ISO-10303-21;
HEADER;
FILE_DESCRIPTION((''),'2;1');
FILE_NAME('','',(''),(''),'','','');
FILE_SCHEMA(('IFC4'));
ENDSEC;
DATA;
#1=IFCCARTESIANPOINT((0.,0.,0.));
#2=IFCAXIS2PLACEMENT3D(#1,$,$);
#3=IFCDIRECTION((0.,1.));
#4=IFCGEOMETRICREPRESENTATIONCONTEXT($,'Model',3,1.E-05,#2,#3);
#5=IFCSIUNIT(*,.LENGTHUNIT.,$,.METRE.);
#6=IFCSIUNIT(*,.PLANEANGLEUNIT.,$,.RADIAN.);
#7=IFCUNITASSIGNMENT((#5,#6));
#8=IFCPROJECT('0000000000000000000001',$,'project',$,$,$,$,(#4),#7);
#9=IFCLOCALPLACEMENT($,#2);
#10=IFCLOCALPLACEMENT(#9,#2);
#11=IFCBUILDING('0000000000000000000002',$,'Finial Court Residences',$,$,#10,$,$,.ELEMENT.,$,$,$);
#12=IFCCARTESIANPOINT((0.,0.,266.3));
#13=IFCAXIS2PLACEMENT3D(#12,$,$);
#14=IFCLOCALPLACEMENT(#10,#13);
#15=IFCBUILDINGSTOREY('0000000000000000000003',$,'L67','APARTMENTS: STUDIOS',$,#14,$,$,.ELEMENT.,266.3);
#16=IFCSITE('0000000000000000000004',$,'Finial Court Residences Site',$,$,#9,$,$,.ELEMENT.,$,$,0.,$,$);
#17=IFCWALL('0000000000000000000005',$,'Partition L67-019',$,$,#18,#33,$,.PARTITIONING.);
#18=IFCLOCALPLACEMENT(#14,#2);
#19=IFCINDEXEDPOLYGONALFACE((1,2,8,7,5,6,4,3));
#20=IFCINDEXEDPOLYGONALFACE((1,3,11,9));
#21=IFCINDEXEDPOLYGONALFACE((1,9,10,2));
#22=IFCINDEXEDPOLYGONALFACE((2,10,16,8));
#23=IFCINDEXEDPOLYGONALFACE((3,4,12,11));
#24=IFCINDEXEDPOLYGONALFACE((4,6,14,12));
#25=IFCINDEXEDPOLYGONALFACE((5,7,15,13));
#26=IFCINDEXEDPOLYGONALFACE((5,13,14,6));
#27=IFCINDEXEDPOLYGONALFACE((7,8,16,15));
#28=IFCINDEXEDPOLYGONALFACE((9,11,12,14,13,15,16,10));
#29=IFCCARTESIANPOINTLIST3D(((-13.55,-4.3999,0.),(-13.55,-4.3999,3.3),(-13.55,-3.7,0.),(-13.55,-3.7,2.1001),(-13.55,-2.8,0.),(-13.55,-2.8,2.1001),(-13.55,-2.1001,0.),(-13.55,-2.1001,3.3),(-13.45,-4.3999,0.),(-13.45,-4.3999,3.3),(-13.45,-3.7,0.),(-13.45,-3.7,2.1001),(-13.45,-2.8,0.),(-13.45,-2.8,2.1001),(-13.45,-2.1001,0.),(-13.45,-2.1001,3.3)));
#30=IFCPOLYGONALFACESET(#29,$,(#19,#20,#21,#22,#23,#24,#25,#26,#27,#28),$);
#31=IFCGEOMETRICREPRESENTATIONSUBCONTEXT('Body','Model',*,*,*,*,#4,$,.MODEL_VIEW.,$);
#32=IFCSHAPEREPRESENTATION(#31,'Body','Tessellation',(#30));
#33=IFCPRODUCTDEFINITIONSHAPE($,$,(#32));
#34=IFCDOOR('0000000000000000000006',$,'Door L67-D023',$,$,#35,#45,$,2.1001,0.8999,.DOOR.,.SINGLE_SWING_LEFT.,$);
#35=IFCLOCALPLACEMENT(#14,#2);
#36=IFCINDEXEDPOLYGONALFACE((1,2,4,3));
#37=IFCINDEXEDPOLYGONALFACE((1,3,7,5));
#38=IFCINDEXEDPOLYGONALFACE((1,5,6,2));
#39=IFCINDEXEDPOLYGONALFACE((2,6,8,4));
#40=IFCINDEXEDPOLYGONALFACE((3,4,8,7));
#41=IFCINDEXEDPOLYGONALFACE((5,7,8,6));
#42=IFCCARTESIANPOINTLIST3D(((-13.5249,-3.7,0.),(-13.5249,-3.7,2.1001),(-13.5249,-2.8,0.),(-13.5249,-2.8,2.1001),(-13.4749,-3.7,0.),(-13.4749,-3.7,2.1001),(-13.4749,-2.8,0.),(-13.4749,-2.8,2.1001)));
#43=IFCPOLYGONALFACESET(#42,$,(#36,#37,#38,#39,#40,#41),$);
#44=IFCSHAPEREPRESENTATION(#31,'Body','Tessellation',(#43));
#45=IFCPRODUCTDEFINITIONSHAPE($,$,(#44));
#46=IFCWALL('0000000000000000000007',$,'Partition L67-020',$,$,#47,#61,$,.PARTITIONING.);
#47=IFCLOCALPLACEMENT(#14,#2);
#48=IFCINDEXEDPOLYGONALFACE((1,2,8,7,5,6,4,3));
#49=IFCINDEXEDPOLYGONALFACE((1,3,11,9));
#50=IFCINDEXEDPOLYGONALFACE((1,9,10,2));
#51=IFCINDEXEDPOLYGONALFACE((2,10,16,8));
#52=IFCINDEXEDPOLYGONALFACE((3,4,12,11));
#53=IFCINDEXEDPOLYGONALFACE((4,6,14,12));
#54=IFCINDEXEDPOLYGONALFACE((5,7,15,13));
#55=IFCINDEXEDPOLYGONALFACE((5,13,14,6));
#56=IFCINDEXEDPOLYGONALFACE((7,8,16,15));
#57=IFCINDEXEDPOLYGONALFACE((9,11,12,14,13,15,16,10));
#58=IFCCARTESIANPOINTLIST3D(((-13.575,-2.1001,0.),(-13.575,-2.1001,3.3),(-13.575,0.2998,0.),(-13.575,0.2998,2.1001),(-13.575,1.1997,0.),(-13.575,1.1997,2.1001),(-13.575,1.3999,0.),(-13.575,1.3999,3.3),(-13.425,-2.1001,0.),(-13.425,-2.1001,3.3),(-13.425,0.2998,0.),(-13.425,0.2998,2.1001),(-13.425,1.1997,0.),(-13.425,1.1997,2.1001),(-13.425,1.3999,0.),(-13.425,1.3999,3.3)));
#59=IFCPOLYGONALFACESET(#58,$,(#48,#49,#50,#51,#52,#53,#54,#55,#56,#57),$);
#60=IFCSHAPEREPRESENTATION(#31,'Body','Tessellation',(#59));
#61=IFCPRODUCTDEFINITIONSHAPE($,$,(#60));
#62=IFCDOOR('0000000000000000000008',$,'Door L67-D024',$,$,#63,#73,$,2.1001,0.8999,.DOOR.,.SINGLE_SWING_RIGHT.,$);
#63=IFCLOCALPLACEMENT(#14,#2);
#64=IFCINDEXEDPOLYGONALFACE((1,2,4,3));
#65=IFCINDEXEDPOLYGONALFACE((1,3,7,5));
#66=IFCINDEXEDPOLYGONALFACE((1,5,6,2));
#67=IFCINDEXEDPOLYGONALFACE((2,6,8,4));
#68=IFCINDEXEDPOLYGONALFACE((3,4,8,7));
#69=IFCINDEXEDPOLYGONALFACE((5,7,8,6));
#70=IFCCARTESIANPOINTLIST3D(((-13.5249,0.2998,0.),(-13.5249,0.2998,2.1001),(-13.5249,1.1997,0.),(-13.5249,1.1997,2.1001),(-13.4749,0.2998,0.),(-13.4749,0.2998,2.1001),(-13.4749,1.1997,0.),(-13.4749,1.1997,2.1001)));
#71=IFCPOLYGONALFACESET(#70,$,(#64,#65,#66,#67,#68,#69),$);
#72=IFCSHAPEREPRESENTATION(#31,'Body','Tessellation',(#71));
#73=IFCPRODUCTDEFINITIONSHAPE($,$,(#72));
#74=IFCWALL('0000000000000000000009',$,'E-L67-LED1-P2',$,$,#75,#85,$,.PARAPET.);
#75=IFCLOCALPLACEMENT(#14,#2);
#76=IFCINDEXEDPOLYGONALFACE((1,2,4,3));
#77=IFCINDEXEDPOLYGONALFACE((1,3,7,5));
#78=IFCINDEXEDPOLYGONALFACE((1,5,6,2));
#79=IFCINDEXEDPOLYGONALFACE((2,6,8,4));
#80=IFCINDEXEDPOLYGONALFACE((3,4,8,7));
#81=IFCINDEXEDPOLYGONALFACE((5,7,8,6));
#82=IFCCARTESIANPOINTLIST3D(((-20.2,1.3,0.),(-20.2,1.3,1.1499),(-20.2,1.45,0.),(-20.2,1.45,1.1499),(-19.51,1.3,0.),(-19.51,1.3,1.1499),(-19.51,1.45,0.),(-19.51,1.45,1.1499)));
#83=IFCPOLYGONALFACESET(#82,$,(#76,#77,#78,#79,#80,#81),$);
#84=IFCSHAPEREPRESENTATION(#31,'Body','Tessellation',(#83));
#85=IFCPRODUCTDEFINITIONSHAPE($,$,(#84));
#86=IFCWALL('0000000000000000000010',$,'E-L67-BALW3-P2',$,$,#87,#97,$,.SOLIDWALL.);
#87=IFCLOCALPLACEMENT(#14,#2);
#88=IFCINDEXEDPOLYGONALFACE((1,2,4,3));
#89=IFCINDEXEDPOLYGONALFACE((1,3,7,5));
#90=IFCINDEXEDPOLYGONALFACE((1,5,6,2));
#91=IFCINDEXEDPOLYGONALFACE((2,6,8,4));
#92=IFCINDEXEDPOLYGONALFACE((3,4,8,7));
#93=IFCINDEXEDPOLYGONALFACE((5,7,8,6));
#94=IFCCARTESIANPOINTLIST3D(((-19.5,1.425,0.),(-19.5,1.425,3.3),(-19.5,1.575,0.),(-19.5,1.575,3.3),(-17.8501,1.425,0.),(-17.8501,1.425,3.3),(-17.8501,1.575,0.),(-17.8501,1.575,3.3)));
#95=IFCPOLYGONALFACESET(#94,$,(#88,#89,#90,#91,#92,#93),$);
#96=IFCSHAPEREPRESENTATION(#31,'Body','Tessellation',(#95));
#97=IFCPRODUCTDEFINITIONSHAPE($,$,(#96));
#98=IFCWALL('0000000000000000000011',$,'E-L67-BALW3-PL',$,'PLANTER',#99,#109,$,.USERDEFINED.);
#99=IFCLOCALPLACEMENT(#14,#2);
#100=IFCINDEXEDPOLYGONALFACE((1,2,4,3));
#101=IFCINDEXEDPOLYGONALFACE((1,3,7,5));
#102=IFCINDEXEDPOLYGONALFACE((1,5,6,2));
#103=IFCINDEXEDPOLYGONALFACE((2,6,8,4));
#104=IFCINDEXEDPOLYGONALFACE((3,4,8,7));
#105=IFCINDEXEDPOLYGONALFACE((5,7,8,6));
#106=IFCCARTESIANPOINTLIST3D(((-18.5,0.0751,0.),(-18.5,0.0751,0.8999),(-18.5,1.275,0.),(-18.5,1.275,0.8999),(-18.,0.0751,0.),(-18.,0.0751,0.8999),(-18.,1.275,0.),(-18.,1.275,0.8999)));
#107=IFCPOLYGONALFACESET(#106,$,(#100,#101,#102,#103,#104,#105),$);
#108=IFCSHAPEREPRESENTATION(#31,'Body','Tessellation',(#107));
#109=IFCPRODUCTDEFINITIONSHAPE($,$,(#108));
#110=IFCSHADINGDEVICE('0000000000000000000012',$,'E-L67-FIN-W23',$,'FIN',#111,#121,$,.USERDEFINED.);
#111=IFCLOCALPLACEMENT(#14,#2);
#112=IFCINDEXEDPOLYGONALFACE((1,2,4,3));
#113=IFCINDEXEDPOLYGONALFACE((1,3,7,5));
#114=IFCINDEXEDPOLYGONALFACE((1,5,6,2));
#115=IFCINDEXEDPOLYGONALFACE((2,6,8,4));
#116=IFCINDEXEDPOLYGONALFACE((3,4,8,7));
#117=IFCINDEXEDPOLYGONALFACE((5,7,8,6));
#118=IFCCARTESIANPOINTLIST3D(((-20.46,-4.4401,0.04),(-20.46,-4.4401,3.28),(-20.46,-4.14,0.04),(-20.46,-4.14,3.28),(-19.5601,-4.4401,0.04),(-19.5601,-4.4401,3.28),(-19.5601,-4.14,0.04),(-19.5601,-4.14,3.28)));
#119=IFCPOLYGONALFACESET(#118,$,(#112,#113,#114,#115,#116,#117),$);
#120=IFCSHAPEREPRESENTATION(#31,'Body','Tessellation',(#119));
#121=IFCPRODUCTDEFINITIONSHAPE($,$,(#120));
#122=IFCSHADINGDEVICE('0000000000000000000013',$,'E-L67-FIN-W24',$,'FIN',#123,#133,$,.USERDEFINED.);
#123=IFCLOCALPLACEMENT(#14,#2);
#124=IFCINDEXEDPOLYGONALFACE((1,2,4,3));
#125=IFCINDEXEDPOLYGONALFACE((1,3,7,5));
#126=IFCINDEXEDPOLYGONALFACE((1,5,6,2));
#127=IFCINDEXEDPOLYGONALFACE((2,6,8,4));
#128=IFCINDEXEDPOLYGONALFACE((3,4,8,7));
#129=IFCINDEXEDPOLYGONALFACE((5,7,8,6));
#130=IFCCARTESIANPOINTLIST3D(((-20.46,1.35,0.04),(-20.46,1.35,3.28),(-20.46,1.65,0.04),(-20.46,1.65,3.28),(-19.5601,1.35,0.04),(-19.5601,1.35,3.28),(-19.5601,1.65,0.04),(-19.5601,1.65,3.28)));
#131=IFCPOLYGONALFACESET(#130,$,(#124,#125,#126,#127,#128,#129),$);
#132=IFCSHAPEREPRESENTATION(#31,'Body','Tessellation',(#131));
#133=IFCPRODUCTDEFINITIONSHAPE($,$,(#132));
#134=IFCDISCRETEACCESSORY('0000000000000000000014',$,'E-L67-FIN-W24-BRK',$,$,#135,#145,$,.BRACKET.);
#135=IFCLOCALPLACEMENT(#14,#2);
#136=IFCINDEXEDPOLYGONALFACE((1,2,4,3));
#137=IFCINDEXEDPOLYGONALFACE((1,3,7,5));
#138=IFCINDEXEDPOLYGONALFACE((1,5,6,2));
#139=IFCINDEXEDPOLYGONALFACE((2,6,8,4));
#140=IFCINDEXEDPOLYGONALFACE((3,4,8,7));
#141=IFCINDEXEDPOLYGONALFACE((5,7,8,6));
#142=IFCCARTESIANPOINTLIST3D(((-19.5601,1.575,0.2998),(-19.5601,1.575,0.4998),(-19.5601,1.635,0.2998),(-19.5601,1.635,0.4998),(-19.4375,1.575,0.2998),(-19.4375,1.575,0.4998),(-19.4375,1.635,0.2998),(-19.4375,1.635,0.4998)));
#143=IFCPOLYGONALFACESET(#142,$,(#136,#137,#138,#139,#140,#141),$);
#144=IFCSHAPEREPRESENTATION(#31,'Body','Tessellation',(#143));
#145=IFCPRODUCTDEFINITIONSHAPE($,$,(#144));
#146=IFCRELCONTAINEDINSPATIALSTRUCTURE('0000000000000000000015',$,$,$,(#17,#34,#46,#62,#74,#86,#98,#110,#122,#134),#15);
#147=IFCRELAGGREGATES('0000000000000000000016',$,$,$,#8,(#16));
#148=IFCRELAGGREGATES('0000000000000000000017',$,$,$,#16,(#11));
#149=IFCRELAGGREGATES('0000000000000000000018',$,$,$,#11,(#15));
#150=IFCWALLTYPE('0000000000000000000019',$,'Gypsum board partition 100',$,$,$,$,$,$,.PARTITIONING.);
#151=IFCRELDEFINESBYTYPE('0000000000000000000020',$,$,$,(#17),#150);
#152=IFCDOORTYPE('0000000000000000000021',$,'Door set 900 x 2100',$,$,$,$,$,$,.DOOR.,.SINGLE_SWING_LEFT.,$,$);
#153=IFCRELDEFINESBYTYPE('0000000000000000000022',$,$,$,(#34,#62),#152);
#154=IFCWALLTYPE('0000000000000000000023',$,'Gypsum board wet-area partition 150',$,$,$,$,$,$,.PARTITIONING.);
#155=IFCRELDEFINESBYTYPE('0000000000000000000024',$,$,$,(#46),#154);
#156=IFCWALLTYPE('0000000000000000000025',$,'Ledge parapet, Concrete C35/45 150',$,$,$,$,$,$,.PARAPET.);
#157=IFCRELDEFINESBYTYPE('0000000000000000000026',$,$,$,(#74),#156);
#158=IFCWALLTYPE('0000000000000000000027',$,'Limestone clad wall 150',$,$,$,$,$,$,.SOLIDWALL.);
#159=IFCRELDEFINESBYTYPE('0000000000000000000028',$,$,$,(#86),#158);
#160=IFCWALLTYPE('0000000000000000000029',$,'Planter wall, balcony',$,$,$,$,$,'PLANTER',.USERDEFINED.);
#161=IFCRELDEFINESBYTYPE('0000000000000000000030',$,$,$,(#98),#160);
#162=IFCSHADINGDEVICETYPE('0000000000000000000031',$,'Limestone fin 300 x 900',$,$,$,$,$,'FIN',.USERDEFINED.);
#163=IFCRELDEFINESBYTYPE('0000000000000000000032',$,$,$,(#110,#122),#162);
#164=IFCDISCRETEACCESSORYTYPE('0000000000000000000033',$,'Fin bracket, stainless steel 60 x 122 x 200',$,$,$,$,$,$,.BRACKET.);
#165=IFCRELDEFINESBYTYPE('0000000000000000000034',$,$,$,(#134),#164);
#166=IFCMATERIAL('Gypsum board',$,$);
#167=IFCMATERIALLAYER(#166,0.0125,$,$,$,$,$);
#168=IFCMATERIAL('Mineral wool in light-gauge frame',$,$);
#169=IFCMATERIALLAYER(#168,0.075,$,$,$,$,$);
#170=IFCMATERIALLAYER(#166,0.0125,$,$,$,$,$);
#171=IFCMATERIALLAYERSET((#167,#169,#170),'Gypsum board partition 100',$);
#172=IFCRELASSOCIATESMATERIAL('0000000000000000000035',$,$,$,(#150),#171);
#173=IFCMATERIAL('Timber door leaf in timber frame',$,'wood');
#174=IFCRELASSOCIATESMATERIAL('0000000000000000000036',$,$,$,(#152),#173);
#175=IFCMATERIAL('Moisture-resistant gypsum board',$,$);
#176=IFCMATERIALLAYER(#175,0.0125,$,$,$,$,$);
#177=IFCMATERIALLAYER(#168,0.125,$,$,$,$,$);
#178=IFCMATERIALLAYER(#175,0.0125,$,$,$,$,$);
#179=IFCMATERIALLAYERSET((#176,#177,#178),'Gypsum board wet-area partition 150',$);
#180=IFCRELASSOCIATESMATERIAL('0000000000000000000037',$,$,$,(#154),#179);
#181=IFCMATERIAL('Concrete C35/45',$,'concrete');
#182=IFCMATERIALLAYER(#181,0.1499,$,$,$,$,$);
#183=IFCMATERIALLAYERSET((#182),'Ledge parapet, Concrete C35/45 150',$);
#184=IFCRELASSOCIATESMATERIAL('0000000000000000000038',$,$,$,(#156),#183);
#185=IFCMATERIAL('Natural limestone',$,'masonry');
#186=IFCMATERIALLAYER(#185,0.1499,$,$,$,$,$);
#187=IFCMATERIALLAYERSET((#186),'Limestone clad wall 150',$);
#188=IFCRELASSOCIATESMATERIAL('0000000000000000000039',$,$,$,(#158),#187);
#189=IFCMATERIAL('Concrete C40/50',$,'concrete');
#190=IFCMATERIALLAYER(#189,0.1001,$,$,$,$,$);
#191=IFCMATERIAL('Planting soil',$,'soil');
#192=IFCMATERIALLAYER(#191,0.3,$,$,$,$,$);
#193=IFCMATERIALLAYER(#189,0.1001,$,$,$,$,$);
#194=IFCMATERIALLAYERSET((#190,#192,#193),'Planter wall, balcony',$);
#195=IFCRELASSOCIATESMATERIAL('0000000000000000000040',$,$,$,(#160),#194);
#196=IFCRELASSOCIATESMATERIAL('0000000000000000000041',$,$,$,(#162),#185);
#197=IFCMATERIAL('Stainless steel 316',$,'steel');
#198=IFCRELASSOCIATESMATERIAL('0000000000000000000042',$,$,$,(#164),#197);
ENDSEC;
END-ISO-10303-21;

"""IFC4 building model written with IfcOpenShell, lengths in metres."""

from ifc_helpers import new_model, si_unit, direction, frame, frame_2d, origin, origin_2d, place, context, subcontext, project, spatial, rectangle, extrude, material, layer, layer_set, type_object, element, fill, save


model = new_model("IFC4")

# Units and contexts
model_context = context("Model", 3, precision=1e-05, world=origin(), true_north=direction((0.0, 1.0)))
body_context = subcontext(model_context, "Body", "Model", "MODEL_VIEW")
ifc_project = project(units=[si_unit("LENGTHUNIT", "METRE"), si_unit("PLANEANGLEUNIT", "RADIAN")], contexts=[model_context])

# Site, building, storey
site_placement = place(None, origin())
site = spatial("IfcSite", under=ifc_project, at=site_placement, Name="Finial Court Residences Site", CompositionType="ELEMENT", RefElevation=0.0)
building_placement = place(site_placement, origin())
building = spatial("IfcBuilding", under=site, at=building_placement, Name="Finial Court Residences", CompositionType="ELEMENT")
storey_placement = place(building_placement, frame((0.0, 0.0, 266.3)))
storey = spatial("IfcBuildingStorey", under=building, at=storey_placement, Name="L67", Description="APARTMENTS: STUDIOS", CompositionType="ELEMENT", Elevation=266.3)

# Shared definitions
ifc_material_1 = material(Name="Gypsum board")

# Shared definitions
ifc_layer_1 = layer(ifc_material_1, 0.0125)
ifc_material_2 = material(Name="Mineral wool in light-gauge frame")
ifc_layer_2 = layer(ifc_material_2, 0.075)
ifc_layer_3 = layer(ifc_material_1, 0.0125)
ifc_layer_set_1 = layer_set([ifc_layer_1, ifc_layer_2, ifc_layer_3], Name="Gypsum board partition 100")
wall_type_1 = type_object("IfcWallType", Name="Gypsum board partition 100", PredefinedType="PARTITIONING", material=ifc_layer_set_1)

# Walls, openings, doors
wall_1_placement = place(storey_placement, frame((-13.5, -4.3999, 0.0), z_axis=(0.0, 0.0, 1.0), x_axis=(0.0, 1.0, 0.0)))
wall_1 = element("IfcWall", 1, at=wall_1_placement, inside=storey, type_object=wall_type_1, Name="Partition L67-019", PredefinedType="PARTITIONING", context=body_context, shape_type="SweptSolid", body=[
    extrude(rectangle(XDim=2.2998, YDim=0.1001, at=frame_2d((1.1499, 0.0))), origin(), (0.0, 0.0, 1.0), 3.3),
])
opening_1_placement = place(wall_1_placement, frame((0.7, 0.0, 0.0)))
opening_1 = element("IfcOpeningElement", 2, at=opening_1_placement, cuts=wall_1, PredefinedType="OPENING", context=body_context, shape_type="SweptSolid", body=[
    extrude(rectangle(XDim=0.8999, YDim=2.1001, at=frame_2d((0.45, 1.05))), frame((0.0, 0.0601, 0.0), z_axis=(0.0, -1.0, 0.0), x_axis=(1.0, 0.0, 0.0)), (0.0, 0.0, 1.0), 0.1201),
])
ifc_material_3 = material(Name="Timber door leaf in timber frame", Category="wood")
door_type_1 = type_object("IfcDoorType", Name="Door set 900 x 2100", OperationType="SINGLE_SWING_LEFT", PredefinedType="DOOR", material=ifc_material_3)
door_1_placement = place(opening_1_placement, origin())
door_1 = element("IfcDoor", 3, at=door_1_placement, inside=storey, type_object=door_type_1, Name="Door L67-D023", OperationType="SINGLE_SWING_LEFT", OverallHeight=2.1001, OverallWidth=0.8999, PredefinedType="DOOR", context=body_context, shape_type="SweptSolid", body=[
    extrude(rectangle(XDim=0.8999, YDim=2.1001, at=frame_2d((0.45, 1.05))), frame((0.0, 0.0249, 0.0), z_axis=(0.0, -1.0, 0.0), x_axis=(1.0, 0.0, 0.0)), (0.0, 0.0, 1.0), 0.05),
])
fill(opening_1, door_1)
ifc_material_4 = material(Name="Moisture-resistant gypsum board")
ifc_layer_4 = layer(ifc_material_4, 0.0125)
ifc_layer_5 = layer(ifc_material_2, 0.125)
ifc_layer_6 = layer(ifc_material_4, 0.0125)
ifc_layer_set_2 = layer_set([ifc_layer_4, ifc_layer_5, ifc_layer_6], Name="Gypsum board wet-area partition 150")
wall_type_2 = type_object("IfcWallType", Name="Gypsum board wet-area partition 150", PredefinedType="PARTITIONING", material=ifc_layer_set_2)
wall_2_placement = place(storey_placement, frame((-13.5, -2.1001, 0.0), z_axis=(0.0, 0.0, 1.0), x_axis=(0.0, 1.0, 0.0)))
wall_2 = element("IfcWall", 4, at=wall_2_placement, inside=storey, type_object=wall_type_2, Name="Partition L67-020", PredefinedType="PARTITIONING", context=body_context, shape_type="SweptSolid", body=[
    extrude(rectangle(XDim=3.5, YDim=0.1499, at=frame_2d((1.75, 0.0))), origin(), (0.0, 0.0, 1.0), 3.3),
])
opening_2_placement = place(wall_2_placement, frame((2.3999, 0.0, 0.0)))
opening_2 = element("IfcOpeningElement", 5, at=opening_2_placement, cuts=wall_2, PredefinedType="OPENING", context=body_context, shape_type="SweptSolid", body=[
    extrude(rectangle(XDim=0.8999, YDim=2.1001, at=frame_2d((0.45, 1.05))), frame((0.0, 0.085, 0.0), z_axis=(0.0, -1.0, 0.0), x_axis=(1.0, 0.0, 0.0)), (0.0, 0.0, 1.0), 0.1699),
])
door_2_placement = place(opening_2_placement, origin())
door_2 = element("IfcDoor", 6, at=door_2_placement, inside=storey, type_object=door_type_1, Name="Door L67-D024", OperationType="SINGLE_SWING_RIGHT", OverallHeight=2.1001, OverallWidth=0.8999, PredefinedType="DOOR", context=body_context, shape_type="SweptSolid", body=[
    extrude(rectangle(XDim=0.8999, YDim=2.1001, at=frame_2d((0.45, 1.05))), frame((0.0, 0.0249, 0.0), z_axis=(0.0, -1.0, 0.0), x_axis=(1.0, 0.0, 0.0)), (0.0, 0.0, 1.0), 0.05),
])
fill(opening_2, door_2)

# Walls
ifc_material_5 = material(Name="Concrete C35/45", Category="concrete")
ifc_layer_7 = layer(ifc_material_5, 0.1499)
ifc_layer_set_3 = layer_set([ifc_layer_7], Name="Ledge parapet, Concrete C35/45 150")
wall_type_3 = type_object("IfcWallType", Name="Ledge parapet, Concrete C35/45 150", PredefinedType="PARAPET", material=ifc_layer_set_3)
wall_3_placement = place(storey_placement, frame((-20.2, 1.375, 0.0), z_axis=(0.0, 0.0, 1.0), x_axis=(1.0, 0.0, 0.0)))
element("IfcWall", 7, at=wall_3_placement, inside=storey, type_object=wall_type_3, Name="E-L67-LED1-P2", PredefinedType="PARAPET", context=body_context, shape_type="SweptSolid", body=[
    extrude(rectangle(XDim=0.6899, YDim=0.1499, at=frame_2d((0.345, 0.0))), origin(), (0.0, 0.0, 1.0), 1.1499),
])
ifc_material_6 = material(Name="Natural limestone", Category="masonry")
ifc_layer_8 = layer(ifc_material_6, 0.1499)
ifc_layer_set_4 = layer_set([ifc_layer_8], Name="Limestone clad wall 150")
wall_type_4 = type_object("IfcWallType", Name="Limestone clad wall 150", PredefinedType="SOLIDWALL", material=ifc_layer_set_4)
wall_4_placement = place(storey_placement, frame((-17.8501, 1.5, 0.0), z_axis=(0.0, 0.0, 1.0), x_axis=(-1.0, 0.0, 0.0)))
element("IfcWall", 8, at=wall_4_placement, inside=storey, type_object=wall_type_4, Name="E-L67-BALW3-P2", PredefinedType="SOLIDWALL", context=body_context, shape_type="SweptSolid", body=[
    extrude(rectangle(XDim=1.6499, YDim=0.1499, at=frame_2d((0.825, 0.0))), origin(), (0.0, 0.0, 1.0), 3.3),
])
ifc_material_7 = material(Name="Concrete C40/50", Category="concrete")
ifc_layer_9 = layer(ifc_material_7, 0.1001)
ifc_material_8 = material(Name="Planting soil", Category="soil")
ifc_layer_10 = layer(ifc_material_8, 0.3)
ifc_layer_11 = layer(ifc_material_7, 0.1001)
ifc_layer_set_5 = layer_set([ifc_layer_9, ifc_layer_10, ifc_layer_11], Name="Planter wall, balcony")
wall_type_5 = type_object("IfcWallType", Name="Planter wall, balcony", ElementType="PLANTER", PredefinedType="USERDEFINED", material=ifc_layer_set_5)
wall_5_placement = place(storey_placement, frame((-18.25, 0.075, 0.0), z_axis=(0.0, 0.0, 1.0), x_axis=(0.0, 1.0, 0.0)))
element("IfcWall", 9, at=wall_5_placement, inside=storey, type_object=wall_type_5, Name="E-L67-BALW3-PL", ObjectType="PLANTER", PredefinedType="USERDEFINED", context=body_context, shape_type="SweptSolid", body=[
    extrude(rectangle(XDim=1.2, YDim=0.5, at=frame_2d((0.6001, 0.0))), origin(), (0.0, 0.0, 1.0), 0.8999),
])

# Shading devices
shading_device_type = type_object("IfcShadingDeviceType", Name="Limestone fin 300 x 900", ElementType="FIN", PredefinedType="USERDEFINED", material=ifc_material_6)
for number, where, z_axis, x_axis, name in (
    (10, (-20.01, -4.29, 0.04), (0.0, 0.0, 1.0), (1.0, 0.0, 0.0), "E-L67-FIN-W23"),
    (11, (-20.01, 1.5, 0.04), (0.0, 0.0, 1.0), (1.0, 0.0, 0.0), "E-L67-FIN-W24"),
):
    element("IfcShadingDevice", number, at=place(storey_placement, frame(where, z_axis=z_axis, x_axis=x_axis)), inside=storey, type_object=shading_device_type, Name=name, ObjectType="FIN", PredefinedType="USERDEFINED", context=body_context, shape_type="SweptSolid", body=[
        extrude(rectangle(XDim=0.8999, YDim=0.3, at=origin_2d()), origin(), (0.0, 0.0, 1.0), 3.24),
    ])

# Discrete accessory
ifc_material_9 = material(Name="Stainless steel 316", Category="steel")
discrete_accessory_type = type_object("IfcDiscreteAccessoryType", Name="Fin bracket, stainless steel 60 x 122 x 200", PredefinedType="BRACKET", material=ifc_material_9)
discrete_accessory_placement = place(storey_placement, frame((-19.4988, 1.605, 0.2998), z_axis=(0.0, 0.0, 1.0), x_axis=(1.0, 0.0, 0.0)))
element("IfcDiscreteAccessory", 12, at=discrete_accessory_placement, inside=storey, type_object=discrete_accessory_type, Name="E-L67-FIN-W24-BRK", PredefinedType="BRACKET", context=body_context, shape_type="SweptSolid", body=[
    extrude(rectangle(XDim=0.1226, YDim=0.0601, at=origin_2d()), origin(), (0.0, 0.0, 1.0), 0.2),
])

save(model, "model.ifc")
